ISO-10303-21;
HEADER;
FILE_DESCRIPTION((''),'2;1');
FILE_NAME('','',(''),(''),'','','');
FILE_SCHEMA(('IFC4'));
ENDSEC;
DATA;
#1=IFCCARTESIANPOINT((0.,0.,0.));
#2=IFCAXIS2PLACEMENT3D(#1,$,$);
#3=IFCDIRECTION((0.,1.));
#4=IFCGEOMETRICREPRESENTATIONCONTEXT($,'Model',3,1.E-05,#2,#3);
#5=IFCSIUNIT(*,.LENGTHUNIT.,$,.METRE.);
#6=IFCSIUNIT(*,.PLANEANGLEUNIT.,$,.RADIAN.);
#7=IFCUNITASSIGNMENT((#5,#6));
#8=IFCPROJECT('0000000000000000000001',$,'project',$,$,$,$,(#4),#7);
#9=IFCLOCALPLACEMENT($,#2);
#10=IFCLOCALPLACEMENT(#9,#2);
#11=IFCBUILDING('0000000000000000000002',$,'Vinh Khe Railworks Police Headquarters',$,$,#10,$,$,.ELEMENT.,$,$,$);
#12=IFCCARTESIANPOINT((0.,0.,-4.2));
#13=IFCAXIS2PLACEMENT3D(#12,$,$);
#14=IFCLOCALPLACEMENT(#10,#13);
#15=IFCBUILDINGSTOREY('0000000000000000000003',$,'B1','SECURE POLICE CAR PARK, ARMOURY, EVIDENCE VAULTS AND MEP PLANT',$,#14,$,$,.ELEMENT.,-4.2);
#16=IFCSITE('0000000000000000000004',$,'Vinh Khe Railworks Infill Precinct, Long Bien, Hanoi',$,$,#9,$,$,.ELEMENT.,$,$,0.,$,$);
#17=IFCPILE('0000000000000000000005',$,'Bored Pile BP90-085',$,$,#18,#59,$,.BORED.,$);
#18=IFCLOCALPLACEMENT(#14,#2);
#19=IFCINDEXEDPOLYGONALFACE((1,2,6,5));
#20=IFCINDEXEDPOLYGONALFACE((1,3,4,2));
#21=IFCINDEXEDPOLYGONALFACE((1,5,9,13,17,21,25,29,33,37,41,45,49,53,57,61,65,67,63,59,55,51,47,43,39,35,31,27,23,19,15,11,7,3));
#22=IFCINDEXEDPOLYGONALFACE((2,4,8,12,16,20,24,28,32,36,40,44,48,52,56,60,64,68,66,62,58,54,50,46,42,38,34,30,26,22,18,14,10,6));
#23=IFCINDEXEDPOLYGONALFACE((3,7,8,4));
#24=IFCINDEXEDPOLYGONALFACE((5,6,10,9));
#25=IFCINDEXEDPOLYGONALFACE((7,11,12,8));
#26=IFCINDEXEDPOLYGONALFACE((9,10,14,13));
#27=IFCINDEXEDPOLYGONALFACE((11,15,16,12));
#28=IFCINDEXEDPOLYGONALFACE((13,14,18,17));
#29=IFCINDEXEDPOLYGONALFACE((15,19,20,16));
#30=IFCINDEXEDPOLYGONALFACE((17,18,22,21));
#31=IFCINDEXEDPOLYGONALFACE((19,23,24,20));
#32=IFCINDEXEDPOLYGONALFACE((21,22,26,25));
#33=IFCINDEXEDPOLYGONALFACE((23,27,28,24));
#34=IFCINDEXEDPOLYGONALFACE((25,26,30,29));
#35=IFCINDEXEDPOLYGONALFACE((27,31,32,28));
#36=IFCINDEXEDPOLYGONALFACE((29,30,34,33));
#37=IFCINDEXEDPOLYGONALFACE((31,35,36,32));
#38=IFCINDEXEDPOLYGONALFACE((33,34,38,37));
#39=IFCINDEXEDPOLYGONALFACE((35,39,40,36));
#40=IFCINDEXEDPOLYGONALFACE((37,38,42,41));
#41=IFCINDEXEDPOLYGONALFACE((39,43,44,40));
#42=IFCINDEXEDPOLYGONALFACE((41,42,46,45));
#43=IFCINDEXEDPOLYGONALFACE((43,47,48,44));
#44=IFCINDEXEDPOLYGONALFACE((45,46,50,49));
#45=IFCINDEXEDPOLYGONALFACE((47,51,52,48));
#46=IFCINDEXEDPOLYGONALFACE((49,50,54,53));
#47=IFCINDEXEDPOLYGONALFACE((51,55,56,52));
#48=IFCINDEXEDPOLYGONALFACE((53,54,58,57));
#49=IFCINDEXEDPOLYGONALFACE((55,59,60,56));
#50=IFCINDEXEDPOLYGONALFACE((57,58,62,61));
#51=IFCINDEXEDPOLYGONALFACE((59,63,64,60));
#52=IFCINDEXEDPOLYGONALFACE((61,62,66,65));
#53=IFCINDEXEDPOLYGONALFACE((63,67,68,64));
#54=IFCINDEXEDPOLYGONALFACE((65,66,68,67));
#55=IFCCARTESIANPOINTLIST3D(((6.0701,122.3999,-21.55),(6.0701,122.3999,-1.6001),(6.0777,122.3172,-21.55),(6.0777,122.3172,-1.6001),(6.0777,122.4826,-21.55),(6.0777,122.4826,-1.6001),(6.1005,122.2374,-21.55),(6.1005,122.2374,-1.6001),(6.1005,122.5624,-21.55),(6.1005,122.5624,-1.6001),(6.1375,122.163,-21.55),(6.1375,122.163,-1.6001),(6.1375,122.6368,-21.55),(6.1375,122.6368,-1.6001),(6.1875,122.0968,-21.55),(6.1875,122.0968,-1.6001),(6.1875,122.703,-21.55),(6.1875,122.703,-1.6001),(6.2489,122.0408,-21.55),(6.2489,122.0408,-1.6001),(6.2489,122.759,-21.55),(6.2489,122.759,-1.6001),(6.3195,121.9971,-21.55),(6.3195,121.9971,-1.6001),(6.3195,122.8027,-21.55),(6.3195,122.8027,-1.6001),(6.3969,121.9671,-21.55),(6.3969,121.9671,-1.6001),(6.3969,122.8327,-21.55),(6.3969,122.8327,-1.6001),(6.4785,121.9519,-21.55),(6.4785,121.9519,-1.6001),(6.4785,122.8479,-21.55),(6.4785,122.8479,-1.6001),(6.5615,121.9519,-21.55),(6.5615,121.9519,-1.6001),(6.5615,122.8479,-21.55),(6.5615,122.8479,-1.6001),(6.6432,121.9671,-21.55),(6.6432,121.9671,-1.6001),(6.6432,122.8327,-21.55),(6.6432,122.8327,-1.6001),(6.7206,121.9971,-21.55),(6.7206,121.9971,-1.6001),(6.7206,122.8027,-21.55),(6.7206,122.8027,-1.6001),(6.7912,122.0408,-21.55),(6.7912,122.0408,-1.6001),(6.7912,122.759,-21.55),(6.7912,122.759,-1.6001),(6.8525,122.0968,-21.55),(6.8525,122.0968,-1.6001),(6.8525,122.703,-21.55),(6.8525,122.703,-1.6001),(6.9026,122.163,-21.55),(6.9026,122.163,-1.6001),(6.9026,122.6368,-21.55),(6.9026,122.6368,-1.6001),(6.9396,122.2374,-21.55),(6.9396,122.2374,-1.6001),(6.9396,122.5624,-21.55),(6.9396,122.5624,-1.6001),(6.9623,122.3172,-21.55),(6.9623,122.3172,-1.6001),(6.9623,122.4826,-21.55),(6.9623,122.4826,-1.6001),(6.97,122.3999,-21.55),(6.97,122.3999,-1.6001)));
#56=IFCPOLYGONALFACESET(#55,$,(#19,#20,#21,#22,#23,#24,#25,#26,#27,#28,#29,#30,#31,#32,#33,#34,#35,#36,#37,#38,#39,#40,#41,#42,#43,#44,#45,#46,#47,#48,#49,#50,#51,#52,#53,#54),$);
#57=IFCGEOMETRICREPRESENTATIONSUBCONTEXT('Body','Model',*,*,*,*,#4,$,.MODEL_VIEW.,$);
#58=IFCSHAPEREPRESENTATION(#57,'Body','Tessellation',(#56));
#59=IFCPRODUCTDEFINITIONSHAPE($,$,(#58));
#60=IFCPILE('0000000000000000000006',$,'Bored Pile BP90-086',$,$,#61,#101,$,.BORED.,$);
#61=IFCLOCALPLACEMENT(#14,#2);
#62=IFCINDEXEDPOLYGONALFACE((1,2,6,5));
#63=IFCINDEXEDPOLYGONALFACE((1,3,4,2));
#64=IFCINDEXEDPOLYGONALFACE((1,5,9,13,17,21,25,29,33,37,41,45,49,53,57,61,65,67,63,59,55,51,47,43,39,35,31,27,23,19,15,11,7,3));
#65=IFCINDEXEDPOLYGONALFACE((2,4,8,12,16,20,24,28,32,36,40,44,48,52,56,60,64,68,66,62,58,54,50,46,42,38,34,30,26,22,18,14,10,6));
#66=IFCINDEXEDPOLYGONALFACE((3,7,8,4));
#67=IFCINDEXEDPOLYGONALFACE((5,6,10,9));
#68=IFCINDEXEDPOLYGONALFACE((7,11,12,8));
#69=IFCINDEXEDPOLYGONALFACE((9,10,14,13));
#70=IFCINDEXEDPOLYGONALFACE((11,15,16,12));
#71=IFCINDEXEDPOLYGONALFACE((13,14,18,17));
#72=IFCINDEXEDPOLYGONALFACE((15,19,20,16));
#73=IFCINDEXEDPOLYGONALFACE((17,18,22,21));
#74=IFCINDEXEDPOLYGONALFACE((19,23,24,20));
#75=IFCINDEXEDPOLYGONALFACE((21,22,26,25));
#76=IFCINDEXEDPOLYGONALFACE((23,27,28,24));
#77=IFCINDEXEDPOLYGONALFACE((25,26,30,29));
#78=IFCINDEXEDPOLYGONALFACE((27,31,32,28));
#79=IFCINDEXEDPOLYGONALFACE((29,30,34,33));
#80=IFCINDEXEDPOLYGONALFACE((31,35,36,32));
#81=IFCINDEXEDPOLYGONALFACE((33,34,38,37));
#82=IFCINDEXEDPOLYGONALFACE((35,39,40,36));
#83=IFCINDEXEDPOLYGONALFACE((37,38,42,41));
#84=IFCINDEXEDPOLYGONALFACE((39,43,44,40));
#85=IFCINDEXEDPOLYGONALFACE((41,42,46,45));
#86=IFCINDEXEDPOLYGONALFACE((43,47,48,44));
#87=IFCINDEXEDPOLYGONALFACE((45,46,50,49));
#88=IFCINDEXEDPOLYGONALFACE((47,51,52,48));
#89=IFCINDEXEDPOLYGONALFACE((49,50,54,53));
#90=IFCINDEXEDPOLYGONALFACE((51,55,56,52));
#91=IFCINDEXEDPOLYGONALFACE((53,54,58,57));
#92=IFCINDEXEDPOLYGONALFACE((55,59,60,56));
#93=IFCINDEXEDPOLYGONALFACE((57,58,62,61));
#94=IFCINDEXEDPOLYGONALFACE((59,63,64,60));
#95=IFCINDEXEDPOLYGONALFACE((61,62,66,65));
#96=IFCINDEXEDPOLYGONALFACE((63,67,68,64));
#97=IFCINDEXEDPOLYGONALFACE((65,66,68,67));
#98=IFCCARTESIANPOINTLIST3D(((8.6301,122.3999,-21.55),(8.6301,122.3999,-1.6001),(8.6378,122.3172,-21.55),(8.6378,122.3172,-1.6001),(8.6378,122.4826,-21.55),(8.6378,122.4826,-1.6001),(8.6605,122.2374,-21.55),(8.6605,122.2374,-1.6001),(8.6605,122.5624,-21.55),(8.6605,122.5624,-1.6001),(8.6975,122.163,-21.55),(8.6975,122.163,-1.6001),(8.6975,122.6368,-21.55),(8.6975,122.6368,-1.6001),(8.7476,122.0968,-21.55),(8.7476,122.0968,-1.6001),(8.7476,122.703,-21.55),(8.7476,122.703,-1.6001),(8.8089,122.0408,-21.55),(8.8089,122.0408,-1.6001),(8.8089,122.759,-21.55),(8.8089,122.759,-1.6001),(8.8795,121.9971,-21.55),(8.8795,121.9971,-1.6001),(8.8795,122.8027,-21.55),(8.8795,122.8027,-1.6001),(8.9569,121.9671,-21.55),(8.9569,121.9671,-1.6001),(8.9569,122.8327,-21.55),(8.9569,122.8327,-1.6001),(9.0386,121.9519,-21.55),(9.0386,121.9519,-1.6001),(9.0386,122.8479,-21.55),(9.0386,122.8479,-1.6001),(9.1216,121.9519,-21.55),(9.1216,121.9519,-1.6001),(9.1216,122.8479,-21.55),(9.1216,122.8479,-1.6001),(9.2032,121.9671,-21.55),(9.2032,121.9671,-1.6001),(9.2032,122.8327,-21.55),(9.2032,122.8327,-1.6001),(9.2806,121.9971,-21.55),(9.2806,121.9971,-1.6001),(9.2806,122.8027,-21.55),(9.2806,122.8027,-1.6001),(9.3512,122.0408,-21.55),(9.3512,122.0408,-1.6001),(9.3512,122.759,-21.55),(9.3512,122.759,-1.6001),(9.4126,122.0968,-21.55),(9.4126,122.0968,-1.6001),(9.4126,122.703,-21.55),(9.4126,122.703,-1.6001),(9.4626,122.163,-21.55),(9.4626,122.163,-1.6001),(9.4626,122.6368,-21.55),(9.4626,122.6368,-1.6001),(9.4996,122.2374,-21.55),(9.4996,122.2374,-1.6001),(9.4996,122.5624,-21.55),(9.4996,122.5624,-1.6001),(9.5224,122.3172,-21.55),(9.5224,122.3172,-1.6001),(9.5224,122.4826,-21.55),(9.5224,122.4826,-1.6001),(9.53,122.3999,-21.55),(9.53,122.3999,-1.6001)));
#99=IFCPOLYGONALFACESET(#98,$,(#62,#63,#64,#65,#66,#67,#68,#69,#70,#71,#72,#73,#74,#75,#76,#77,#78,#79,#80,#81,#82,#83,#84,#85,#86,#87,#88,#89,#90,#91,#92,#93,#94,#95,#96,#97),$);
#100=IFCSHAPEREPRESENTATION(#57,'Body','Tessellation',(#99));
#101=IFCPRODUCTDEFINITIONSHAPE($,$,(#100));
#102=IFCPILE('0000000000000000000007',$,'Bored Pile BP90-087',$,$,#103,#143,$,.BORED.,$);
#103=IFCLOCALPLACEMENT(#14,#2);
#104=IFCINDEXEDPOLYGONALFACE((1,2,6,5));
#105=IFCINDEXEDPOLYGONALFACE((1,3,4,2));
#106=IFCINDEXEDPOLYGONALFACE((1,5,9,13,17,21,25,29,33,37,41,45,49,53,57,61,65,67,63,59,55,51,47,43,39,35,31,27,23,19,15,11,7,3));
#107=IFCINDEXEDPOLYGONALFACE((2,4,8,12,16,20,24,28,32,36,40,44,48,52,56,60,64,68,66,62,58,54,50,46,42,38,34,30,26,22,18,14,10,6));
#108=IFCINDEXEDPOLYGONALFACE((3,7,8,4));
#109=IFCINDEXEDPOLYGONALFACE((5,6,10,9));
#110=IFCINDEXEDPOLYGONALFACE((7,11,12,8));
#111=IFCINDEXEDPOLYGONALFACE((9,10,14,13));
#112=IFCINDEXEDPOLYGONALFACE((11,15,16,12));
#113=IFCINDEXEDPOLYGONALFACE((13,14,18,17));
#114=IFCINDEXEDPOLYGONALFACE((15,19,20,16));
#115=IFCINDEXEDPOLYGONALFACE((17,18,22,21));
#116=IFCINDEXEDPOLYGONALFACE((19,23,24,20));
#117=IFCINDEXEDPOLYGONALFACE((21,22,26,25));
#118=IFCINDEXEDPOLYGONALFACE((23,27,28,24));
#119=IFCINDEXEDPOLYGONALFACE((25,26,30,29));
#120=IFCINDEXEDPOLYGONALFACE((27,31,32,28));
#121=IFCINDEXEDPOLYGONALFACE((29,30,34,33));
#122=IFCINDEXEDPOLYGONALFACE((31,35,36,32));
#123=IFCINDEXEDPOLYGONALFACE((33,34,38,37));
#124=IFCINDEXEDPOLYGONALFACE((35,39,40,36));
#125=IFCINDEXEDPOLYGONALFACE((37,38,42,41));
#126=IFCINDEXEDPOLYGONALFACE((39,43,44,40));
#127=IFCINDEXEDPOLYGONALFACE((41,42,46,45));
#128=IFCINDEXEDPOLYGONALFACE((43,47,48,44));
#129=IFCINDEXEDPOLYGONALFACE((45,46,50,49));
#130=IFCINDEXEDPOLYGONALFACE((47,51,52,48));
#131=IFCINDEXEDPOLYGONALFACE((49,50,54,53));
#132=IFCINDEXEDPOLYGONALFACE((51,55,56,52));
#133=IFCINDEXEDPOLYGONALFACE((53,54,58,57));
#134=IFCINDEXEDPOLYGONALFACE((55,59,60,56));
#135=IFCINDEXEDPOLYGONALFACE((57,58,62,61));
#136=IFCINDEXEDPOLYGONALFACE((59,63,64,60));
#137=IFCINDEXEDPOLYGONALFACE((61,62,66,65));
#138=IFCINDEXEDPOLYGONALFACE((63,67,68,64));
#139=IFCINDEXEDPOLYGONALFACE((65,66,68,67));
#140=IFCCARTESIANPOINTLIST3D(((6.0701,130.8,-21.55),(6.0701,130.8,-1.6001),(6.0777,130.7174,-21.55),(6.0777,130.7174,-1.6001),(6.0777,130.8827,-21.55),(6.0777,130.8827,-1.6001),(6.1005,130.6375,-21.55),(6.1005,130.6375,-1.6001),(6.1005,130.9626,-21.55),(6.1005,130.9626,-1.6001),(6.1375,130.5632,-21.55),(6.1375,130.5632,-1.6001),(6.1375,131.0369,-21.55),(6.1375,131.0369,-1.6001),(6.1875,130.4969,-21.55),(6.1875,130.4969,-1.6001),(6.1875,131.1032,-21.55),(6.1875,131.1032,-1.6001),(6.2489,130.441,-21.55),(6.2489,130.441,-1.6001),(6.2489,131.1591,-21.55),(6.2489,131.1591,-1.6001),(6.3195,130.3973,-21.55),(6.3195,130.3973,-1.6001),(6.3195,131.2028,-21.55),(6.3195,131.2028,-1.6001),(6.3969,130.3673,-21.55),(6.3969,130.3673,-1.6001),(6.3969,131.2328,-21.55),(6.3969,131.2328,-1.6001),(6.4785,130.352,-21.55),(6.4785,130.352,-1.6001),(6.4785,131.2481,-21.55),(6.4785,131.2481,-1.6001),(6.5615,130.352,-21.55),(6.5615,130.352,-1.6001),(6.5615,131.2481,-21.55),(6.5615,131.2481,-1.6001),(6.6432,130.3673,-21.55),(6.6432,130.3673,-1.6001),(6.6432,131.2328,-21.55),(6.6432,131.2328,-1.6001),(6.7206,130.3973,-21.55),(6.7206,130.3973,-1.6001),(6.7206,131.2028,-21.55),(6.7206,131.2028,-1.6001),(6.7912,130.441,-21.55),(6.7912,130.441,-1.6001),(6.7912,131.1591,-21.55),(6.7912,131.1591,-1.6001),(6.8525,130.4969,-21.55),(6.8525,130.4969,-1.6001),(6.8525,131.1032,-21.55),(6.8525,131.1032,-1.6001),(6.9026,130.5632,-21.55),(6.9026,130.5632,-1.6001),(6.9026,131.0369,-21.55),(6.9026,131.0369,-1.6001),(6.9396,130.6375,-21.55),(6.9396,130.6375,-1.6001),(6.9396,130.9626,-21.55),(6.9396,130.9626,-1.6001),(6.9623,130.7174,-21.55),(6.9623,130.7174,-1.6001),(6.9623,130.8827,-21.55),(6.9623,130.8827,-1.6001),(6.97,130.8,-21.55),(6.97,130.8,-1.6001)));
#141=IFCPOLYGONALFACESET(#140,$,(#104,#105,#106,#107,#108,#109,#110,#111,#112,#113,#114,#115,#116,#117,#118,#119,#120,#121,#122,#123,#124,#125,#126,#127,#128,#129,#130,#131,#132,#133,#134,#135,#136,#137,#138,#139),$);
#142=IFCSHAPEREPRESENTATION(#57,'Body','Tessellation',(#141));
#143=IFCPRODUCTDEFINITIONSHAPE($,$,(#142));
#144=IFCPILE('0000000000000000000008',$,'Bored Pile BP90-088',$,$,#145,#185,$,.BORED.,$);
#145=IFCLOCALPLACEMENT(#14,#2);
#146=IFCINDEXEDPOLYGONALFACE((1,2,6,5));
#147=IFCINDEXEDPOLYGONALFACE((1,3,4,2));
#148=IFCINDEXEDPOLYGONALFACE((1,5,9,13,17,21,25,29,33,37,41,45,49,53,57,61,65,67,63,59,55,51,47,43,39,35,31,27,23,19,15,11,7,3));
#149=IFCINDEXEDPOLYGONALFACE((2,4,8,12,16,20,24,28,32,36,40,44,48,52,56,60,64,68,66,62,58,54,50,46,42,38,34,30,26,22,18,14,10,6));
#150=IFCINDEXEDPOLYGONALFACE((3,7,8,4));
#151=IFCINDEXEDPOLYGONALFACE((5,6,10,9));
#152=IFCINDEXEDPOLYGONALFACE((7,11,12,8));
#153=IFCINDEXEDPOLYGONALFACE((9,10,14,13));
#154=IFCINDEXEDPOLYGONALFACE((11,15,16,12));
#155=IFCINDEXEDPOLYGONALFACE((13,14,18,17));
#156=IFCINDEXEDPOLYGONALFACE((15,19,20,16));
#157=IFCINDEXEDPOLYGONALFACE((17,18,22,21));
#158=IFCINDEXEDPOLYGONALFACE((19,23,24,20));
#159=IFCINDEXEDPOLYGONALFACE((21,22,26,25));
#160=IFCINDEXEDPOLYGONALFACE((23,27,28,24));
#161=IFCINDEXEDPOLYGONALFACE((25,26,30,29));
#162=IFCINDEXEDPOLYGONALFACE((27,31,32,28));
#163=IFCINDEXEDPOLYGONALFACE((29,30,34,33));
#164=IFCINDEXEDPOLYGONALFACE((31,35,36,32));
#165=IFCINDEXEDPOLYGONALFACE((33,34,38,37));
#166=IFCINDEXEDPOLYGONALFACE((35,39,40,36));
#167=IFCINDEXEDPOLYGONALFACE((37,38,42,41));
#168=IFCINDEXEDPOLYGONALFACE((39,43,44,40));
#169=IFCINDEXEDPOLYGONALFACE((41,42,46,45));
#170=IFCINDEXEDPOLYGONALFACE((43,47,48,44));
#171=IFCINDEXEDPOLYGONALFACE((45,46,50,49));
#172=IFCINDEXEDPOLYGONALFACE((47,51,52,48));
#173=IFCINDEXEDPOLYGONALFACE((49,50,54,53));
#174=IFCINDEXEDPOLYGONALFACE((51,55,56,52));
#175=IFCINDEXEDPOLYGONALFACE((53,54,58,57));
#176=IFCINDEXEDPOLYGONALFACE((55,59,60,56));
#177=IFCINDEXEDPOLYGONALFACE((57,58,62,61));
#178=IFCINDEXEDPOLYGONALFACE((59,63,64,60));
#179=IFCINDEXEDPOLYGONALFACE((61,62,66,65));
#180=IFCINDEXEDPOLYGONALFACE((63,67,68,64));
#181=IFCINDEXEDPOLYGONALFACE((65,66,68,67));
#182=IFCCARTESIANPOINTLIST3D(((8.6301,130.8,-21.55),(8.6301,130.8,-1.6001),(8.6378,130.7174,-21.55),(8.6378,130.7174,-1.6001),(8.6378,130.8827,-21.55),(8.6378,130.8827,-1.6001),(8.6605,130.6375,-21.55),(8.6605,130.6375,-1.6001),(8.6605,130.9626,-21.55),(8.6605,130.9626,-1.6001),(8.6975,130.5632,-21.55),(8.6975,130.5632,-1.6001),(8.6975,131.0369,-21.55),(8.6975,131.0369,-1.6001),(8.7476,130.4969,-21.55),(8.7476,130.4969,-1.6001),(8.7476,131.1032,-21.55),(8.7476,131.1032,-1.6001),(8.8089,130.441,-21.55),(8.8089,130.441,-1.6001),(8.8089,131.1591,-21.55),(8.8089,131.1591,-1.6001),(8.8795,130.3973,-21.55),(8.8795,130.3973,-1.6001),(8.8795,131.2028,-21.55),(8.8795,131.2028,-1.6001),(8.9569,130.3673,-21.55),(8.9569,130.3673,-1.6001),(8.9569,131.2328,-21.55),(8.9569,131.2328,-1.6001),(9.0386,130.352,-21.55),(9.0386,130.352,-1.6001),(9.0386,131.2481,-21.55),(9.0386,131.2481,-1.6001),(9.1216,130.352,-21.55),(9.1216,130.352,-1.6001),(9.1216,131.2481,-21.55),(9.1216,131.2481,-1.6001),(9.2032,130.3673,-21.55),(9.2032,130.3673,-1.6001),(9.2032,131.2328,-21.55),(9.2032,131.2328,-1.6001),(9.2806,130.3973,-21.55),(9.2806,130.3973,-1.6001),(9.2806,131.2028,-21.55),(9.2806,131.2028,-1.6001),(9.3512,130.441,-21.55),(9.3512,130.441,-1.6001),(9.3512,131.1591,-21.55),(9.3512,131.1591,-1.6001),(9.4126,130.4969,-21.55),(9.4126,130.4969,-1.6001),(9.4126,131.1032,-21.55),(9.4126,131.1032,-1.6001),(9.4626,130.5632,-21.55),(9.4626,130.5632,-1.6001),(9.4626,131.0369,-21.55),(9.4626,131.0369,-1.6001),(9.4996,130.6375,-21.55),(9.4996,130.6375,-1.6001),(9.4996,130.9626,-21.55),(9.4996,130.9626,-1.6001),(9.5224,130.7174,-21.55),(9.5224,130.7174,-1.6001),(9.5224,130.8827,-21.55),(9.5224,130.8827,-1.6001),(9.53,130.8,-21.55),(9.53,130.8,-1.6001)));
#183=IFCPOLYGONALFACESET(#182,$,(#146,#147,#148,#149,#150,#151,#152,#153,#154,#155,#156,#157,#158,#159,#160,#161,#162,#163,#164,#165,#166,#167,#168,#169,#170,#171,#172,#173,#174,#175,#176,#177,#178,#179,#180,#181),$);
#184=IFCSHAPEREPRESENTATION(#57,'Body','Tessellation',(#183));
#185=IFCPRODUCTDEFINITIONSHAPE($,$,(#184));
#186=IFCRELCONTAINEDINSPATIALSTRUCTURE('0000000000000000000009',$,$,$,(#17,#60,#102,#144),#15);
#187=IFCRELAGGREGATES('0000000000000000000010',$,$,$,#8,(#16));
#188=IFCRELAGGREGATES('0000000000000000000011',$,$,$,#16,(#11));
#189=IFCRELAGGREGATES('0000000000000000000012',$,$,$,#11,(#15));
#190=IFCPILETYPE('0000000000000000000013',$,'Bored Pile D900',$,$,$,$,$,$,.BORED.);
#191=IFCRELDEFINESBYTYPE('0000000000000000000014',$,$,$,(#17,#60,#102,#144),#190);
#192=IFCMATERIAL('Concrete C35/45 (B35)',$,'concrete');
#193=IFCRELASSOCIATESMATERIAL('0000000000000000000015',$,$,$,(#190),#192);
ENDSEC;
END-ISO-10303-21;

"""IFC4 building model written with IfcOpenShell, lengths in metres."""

from ifc_helpers import new_model, si_unit, direction, frame, origin, origin_2d, place, context, subcontext, project, spatial, circle, extrude, material, material_profile, profile_set, type_object, element, save


model = new_model("IFC4")

# Units and contexts
model_context = context("Model", 3, precision=1e-05, world=origin(), true_north=direction((0.0, 1.0)))
body_context = subcontext(model_context, "Body", "Model", "MODEL_VIEW")
ifc_project = project(units=[si_unit("LENGTHUNIT", "METRE"), si_unit("PLANEANGLEUNIT", "RADIAN")], contexts=[model_context])

# Site, building, storey
site_placement = place(None, origin())
site = spatial("IfcSite", under=ifc_project, at=site_placement, Name="Vinh Khe Railworks Infill Precinct, Long Bien, Hanoi", CompositionType="ELEMENT", RefElevation=0.0)
building_placement = place(site_placement, origin())
building = spatial("IfcBuilding", under=site, at=building_placement, Name="Vinh Khe Railworks Police Headquarters", CompositionType="ELEMENT")
storey_placement = place(building_placement, frame((0.0, 0.0, -4.2)))
storey = spatial("IfcBuildingStorey", under=building, at=storey_placement, Name="B1", Description="SECURE POLICE CAR PARK, ARMOURY, EVIDENCE VAULTS AND MEP PLANT", CompositionType="ELEMENT", Elevation=-4.2)

# Piles
ifc_material_1 = material(Name="Concrete C35/45 (B35)", Category="concrete")
ifc_material_profile_1 = material_profile(ifc_material_1, circle(Radius=0.45, at=origin_2d()), Name="BORED PILE D900")
ifc_profile_set_1 = profile_set([ifc_material_profile_1], Name="Concrete C35/45 (B35)")
pile_type = type_object("IfcPileType", Name="Bored Pile D900", PredefinedType="BORED", material=ifc_profile_set_1)
for number, where, z_axis, x_axis, name in (
    (1, (6.52, 122.3999, -1.6001), (0.0, 0.0, -1.0), (1.0, 0.0, 0.0), "Bored Pile BP90-085"),
    (2, (9.0801, 122.3999, -1.6001), (0.0, 0.0, -1.0), (1.0, 0.0, 0.0), "Bored Pile BP90-086"),
    (3, (6.52, 130.8, -1.6001), (0.0, 0.0, -1.0), (1.0, 0.0, 0.0), "Bored Pile BP90-087"),
    (4, (9.0801, 130.8, -1.6001), (0.0, 0.0, -1.0), (1.0, 0.0, 0.0), "Bored Pile BP90-088"),
):
    element("IfcPile", number, at=place(storey_placement, frame(where, z_axis=z_axis, x_axis=x_axis)), inside=storey, type_object=pile_type, Name=name, PredefinedType="BORED", context=body_context, shape_type="SweptSolid", body=[
        extrude(circle(Radius=0.45, at=origin_2d()), origin(), (0.0, 0.0, 1.0), 19.95),
    ])

save(model, "model.ifc")
